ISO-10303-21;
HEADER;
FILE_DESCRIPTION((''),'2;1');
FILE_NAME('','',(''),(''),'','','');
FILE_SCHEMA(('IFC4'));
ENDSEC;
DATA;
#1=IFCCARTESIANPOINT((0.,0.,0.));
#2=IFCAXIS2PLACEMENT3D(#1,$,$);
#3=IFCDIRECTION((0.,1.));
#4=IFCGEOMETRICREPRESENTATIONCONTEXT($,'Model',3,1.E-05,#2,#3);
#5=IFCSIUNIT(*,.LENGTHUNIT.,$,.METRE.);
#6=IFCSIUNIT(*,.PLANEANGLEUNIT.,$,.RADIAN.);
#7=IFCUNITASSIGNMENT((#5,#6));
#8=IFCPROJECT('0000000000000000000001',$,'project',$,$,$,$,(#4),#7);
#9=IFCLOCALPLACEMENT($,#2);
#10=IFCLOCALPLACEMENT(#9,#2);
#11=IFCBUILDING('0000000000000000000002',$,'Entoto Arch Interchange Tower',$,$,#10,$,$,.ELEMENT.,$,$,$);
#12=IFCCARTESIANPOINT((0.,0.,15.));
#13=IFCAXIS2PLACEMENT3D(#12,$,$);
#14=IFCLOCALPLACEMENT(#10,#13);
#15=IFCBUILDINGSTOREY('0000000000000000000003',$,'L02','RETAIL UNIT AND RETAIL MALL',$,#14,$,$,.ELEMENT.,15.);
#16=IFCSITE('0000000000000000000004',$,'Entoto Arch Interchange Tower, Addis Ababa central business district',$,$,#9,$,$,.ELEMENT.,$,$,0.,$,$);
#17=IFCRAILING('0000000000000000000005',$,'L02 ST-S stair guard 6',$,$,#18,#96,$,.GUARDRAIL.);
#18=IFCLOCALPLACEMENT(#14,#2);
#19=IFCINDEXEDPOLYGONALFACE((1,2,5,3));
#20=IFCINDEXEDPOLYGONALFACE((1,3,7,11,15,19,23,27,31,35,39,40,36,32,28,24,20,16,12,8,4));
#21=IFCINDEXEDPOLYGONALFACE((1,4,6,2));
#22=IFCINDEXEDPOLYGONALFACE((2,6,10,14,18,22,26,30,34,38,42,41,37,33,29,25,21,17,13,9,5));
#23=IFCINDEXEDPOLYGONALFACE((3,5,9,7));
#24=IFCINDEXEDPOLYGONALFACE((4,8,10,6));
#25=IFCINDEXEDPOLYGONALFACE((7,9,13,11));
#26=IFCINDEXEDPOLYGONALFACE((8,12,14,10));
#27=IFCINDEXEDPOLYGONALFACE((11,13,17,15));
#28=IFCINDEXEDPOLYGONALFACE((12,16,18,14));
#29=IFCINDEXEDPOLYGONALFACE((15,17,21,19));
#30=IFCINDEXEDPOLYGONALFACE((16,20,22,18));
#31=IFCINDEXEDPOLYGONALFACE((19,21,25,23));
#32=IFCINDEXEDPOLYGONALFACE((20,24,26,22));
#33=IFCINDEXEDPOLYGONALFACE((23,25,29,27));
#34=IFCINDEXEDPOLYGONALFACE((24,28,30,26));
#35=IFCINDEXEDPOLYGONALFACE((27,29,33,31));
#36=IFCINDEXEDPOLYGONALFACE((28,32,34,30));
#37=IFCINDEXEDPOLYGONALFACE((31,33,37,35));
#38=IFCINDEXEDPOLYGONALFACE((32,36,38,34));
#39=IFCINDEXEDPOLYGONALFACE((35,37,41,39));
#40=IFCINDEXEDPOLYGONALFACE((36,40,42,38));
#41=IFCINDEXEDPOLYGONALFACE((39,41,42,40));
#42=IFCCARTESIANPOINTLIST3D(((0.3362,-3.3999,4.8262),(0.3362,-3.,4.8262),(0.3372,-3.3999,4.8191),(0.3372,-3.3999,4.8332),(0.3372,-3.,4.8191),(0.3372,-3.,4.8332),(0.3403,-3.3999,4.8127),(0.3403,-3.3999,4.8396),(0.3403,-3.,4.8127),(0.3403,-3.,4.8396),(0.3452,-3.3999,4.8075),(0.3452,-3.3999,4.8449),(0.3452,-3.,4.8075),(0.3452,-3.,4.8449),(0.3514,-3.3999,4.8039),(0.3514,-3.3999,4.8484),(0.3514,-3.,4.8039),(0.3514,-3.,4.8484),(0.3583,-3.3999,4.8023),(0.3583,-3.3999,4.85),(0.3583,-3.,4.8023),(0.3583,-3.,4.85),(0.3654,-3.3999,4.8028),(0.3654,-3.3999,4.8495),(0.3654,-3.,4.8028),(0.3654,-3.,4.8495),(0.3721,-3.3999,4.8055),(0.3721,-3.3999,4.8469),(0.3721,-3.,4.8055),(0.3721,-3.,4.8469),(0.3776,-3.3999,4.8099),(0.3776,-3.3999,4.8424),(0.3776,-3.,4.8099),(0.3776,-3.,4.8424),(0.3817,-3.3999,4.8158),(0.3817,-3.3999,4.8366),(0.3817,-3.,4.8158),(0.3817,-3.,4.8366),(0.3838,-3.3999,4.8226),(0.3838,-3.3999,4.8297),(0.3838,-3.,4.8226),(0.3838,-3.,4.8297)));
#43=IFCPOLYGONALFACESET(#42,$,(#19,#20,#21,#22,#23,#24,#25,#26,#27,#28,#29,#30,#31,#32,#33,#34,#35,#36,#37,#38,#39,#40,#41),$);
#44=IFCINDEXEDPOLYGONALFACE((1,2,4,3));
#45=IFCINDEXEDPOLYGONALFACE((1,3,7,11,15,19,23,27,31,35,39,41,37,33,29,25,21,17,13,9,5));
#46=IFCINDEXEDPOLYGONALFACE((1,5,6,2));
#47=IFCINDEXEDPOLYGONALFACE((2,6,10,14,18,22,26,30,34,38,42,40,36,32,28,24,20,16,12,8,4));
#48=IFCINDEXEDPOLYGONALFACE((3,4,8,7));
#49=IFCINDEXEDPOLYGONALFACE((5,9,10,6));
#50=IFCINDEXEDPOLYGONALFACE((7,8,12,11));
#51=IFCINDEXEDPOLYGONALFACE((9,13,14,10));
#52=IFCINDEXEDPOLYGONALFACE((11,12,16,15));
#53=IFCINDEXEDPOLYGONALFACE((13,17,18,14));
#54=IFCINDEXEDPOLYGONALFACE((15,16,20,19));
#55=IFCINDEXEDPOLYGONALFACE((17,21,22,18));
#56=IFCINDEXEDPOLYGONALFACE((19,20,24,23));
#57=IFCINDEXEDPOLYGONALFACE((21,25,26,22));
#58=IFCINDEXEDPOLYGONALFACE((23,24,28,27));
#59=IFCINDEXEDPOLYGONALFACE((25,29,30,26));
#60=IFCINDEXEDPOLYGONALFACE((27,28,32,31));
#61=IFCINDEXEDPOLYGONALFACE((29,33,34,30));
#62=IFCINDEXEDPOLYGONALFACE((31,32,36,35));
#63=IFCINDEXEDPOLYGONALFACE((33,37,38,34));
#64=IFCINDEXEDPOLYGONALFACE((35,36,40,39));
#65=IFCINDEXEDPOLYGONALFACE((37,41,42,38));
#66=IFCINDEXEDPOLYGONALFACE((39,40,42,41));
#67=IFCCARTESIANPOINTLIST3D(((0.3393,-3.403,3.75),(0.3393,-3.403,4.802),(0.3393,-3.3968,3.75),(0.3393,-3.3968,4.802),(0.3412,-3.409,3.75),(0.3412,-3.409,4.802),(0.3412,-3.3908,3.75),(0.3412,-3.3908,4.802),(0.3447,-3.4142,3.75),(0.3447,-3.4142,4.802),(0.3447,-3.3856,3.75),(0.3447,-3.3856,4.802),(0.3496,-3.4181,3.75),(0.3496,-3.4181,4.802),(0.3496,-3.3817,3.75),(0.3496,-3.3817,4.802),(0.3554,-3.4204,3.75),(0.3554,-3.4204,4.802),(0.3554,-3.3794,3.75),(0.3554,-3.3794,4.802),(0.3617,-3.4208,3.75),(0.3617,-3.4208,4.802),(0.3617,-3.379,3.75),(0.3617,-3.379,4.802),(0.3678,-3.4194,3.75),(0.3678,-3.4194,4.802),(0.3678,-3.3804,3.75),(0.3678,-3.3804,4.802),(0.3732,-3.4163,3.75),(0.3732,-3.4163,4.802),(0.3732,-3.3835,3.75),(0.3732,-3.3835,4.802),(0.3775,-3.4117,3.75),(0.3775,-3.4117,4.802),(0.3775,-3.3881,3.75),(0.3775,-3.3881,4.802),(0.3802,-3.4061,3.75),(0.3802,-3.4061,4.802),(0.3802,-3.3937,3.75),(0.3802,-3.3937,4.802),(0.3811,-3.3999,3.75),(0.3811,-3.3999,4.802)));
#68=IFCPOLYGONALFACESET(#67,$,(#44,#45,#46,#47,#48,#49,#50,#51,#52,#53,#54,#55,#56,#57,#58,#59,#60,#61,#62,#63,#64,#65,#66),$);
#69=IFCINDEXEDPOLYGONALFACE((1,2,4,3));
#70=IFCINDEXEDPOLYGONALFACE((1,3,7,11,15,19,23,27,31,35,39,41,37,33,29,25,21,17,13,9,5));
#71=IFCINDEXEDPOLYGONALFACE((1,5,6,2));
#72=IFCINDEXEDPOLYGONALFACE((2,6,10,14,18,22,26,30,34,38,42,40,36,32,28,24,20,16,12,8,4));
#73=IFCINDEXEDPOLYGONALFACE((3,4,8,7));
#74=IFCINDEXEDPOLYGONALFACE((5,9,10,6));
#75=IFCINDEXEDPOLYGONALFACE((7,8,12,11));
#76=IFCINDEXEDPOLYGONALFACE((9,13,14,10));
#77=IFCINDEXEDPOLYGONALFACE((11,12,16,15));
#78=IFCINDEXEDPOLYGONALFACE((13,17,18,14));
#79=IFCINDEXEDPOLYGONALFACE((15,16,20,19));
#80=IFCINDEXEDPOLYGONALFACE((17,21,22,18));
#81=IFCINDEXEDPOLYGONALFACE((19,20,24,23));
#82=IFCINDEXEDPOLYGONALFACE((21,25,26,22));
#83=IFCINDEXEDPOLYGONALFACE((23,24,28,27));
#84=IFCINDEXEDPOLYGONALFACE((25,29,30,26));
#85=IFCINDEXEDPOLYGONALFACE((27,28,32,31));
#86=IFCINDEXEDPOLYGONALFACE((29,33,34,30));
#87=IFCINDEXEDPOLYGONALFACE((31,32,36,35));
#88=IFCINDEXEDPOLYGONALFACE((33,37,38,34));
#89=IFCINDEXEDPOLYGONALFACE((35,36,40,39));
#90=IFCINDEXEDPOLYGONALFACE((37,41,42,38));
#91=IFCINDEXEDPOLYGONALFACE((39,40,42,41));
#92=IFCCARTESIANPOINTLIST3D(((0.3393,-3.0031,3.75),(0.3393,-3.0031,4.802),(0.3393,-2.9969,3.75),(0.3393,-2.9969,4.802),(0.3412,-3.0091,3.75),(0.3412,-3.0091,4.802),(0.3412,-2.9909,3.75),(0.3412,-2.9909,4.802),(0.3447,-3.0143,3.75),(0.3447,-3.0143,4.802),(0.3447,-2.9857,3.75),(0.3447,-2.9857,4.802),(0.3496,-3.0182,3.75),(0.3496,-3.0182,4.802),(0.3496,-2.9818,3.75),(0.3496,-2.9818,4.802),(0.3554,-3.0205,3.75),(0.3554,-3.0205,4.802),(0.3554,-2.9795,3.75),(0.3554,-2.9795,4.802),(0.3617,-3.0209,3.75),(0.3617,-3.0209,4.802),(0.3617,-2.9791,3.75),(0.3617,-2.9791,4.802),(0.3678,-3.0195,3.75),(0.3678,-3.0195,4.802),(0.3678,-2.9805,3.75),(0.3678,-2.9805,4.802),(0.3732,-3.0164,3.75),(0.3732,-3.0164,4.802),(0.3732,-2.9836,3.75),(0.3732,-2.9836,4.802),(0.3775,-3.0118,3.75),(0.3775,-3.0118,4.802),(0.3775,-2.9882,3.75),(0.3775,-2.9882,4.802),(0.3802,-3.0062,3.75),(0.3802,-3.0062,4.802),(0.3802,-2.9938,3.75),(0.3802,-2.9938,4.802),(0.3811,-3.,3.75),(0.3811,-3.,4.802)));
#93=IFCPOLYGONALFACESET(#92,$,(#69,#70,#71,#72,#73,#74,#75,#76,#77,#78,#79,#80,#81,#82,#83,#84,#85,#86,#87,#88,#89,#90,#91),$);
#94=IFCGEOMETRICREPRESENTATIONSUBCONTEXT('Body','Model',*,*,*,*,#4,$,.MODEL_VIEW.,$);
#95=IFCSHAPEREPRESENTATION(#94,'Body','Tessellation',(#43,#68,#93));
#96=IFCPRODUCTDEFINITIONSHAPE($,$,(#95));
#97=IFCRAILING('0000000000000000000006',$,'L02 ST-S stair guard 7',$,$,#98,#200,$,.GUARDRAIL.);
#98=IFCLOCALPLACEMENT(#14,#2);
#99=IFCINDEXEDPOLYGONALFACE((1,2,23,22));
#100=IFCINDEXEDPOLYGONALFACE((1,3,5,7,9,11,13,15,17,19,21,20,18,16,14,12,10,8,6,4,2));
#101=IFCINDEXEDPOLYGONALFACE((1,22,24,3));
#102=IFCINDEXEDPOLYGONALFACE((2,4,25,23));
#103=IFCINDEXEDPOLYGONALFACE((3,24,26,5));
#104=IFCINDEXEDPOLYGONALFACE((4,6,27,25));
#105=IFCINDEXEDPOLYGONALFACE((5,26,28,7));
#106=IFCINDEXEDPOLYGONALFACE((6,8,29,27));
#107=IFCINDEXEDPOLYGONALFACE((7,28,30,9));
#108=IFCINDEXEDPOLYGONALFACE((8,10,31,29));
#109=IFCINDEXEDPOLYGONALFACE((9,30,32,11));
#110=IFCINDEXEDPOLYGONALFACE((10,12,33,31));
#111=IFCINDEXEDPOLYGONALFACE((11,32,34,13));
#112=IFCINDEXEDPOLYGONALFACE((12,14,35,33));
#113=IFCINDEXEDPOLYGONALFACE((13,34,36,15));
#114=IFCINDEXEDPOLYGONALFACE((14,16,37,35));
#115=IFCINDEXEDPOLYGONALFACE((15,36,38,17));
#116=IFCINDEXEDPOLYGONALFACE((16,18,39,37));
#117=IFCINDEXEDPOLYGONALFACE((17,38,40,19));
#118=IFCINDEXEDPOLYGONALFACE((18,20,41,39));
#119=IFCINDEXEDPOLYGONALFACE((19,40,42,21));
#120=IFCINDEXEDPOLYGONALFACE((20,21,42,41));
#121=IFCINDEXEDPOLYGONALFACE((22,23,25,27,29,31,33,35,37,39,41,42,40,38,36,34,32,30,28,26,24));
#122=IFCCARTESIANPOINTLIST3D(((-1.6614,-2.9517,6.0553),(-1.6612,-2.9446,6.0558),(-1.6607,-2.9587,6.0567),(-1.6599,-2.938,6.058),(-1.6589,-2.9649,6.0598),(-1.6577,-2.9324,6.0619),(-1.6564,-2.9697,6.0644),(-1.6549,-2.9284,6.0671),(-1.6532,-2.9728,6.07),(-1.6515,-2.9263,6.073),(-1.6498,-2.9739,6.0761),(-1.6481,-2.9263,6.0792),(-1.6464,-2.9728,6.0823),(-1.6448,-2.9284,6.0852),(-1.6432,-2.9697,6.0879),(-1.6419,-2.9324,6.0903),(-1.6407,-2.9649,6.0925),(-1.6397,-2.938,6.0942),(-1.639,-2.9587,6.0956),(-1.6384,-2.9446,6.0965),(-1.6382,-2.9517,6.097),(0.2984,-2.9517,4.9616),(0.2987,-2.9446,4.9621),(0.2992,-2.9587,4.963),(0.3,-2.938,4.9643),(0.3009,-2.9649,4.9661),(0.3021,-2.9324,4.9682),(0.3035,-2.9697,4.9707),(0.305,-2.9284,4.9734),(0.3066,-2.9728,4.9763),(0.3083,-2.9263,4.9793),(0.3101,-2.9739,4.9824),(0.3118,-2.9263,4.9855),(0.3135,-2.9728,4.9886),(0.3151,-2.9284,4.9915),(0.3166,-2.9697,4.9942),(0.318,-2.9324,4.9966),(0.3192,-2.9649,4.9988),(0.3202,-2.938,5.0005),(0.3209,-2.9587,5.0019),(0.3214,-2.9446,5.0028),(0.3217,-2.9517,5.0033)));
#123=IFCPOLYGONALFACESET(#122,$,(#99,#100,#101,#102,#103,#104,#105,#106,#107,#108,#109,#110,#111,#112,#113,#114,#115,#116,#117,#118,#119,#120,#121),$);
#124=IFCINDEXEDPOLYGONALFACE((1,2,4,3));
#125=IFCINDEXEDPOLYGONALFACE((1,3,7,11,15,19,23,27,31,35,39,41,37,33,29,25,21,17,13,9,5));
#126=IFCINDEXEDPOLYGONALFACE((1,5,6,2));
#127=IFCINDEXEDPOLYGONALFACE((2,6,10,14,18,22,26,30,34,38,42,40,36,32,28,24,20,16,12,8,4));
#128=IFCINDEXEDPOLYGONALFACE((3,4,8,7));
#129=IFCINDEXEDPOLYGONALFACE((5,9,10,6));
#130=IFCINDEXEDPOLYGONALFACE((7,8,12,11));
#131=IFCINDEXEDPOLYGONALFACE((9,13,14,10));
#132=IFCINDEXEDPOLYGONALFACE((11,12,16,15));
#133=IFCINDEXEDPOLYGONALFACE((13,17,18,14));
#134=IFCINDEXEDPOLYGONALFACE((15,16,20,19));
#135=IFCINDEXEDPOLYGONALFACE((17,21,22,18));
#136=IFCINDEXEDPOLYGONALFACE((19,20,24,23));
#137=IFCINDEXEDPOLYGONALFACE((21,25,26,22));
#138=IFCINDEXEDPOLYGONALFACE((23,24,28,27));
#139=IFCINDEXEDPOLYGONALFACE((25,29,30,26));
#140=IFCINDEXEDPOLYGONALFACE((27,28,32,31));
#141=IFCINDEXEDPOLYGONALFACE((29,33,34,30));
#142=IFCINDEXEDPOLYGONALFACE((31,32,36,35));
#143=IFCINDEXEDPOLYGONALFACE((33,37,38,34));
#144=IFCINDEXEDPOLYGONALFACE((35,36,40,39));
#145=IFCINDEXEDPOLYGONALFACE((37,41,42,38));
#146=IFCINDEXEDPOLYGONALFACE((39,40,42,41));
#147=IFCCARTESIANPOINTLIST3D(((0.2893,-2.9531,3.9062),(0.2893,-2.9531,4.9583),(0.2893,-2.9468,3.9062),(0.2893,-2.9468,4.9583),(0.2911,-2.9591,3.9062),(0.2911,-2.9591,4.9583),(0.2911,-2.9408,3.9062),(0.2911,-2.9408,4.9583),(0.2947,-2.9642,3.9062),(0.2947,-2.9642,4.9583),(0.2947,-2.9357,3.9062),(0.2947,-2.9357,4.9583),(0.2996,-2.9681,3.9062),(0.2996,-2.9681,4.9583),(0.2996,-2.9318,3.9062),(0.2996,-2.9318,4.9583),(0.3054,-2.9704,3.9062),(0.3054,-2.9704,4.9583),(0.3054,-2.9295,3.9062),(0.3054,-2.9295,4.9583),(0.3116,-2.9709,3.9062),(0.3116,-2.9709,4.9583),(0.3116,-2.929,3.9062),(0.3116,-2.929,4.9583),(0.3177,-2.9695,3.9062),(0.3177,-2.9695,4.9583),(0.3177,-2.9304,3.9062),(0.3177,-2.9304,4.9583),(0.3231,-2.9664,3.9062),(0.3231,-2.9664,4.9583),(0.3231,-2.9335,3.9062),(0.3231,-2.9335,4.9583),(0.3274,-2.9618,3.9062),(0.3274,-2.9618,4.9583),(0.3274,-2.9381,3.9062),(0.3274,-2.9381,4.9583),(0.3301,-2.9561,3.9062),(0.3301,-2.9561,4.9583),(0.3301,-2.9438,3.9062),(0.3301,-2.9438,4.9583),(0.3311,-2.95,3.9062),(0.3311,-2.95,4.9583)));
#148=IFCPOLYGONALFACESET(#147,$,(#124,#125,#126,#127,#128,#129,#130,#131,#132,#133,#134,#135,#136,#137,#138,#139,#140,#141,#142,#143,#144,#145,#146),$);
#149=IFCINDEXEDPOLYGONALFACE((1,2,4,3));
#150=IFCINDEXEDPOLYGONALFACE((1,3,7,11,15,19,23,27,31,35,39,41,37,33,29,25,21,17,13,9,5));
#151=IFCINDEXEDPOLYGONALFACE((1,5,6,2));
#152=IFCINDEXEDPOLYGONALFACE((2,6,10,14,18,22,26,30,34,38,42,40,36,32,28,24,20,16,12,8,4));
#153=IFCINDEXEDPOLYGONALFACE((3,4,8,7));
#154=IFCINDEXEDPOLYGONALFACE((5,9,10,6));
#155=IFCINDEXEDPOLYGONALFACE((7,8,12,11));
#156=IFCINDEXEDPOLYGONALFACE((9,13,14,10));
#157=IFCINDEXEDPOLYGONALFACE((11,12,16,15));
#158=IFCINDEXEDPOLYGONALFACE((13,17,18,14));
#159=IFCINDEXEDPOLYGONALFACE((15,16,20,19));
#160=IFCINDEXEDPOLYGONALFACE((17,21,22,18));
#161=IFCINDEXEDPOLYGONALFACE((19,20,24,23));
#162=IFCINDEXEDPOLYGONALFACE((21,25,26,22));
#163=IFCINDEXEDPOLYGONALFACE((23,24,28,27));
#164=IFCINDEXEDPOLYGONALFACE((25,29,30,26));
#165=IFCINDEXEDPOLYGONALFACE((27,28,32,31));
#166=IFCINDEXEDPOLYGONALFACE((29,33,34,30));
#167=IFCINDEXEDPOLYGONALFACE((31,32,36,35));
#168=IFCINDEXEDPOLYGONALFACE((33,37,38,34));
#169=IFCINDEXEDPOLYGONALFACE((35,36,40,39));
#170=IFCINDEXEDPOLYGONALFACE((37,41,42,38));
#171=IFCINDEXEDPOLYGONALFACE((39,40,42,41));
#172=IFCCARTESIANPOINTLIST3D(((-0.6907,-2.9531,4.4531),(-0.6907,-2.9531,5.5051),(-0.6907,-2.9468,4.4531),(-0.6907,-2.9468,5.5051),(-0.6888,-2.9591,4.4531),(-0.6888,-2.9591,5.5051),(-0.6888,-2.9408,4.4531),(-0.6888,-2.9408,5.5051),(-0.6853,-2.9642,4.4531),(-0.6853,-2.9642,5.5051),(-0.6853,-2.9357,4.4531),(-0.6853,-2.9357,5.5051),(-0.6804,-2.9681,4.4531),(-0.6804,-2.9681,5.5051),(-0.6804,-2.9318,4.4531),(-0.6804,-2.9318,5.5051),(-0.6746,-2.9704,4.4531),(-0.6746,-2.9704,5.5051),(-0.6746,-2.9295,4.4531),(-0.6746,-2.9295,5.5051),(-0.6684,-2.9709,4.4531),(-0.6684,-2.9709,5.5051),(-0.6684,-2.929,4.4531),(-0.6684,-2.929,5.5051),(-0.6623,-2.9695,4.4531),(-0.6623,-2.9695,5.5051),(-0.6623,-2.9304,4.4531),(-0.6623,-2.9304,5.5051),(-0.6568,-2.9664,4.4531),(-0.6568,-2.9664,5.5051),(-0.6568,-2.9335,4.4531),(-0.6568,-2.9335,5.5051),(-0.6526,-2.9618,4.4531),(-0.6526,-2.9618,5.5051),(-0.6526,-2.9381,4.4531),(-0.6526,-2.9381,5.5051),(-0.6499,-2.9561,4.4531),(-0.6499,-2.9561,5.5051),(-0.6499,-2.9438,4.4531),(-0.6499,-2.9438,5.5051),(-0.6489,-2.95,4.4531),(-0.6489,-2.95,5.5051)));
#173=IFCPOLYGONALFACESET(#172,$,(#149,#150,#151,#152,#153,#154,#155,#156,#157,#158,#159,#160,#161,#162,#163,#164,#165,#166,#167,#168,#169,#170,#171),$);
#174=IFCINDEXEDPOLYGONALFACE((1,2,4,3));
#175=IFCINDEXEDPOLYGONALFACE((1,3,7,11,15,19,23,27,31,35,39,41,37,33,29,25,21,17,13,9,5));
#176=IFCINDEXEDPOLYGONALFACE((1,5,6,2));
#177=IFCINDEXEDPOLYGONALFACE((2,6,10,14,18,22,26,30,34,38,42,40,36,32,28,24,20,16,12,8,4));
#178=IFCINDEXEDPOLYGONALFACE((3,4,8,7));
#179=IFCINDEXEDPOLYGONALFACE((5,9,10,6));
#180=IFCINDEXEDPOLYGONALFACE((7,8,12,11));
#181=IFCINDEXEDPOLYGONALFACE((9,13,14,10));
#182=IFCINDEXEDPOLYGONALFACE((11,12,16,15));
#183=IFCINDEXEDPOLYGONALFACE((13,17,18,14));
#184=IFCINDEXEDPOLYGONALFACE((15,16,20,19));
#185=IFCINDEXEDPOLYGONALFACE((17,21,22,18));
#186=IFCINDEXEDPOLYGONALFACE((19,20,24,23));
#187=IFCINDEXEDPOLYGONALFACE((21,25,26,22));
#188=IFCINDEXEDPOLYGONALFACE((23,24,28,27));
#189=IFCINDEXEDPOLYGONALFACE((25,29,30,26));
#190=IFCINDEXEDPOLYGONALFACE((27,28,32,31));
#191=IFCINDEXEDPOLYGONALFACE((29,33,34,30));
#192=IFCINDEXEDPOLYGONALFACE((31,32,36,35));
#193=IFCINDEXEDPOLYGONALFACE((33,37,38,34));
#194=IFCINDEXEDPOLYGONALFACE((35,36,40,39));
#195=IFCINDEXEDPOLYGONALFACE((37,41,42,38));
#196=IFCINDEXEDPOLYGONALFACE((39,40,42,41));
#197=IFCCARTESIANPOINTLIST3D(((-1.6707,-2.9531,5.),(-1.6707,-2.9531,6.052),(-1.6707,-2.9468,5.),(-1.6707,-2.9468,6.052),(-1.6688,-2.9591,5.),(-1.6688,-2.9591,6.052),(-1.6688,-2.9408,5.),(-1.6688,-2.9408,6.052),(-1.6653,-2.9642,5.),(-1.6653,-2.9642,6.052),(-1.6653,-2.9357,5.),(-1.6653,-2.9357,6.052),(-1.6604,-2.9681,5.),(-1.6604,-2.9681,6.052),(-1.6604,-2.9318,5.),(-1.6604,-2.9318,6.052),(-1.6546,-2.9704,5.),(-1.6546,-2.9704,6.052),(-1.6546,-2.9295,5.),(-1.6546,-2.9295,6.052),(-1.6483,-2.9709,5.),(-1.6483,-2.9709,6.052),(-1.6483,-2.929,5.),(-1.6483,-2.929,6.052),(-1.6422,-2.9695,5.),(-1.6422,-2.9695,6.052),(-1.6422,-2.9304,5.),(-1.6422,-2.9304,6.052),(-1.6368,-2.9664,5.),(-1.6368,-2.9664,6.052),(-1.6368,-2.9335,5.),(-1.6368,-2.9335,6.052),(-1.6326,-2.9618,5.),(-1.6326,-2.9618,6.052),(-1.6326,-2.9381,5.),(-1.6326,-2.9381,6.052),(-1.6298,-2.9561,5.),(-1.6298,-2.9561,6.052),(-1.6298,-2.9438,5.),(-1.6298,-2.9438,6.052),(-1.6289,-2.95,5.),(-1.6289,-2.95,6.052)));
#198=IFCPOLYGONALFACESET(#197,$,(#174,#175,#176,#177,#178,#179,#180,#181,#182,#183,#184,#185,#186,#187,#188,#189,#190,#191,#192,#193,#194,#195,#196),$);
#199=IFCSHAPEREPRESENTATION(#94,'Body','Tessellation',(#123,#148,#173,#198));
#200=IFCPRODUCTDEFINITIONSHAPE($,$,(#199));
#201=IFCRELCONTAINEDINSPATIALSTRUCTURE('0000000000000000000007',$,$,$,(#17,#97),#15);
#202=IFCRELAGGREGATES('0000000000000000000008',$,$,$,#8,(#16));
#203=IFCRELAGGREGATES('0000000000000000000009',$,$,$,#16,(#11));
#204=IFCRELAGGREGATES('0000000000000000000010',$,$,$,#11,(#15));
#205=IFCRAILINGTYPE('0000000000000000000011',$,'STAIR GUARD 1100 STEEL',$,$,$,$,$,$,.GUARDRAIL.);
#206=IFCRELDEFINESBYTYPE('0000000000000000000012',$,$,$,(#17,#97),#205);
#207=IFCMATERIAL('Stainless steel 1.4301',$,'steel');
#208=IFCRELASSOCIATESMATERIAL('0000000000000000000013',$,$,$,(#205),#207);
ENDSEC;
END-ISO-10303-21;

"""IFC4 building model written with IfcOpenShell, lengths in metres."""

from ifc_helpers import new_model, si_unit, direction, frame, origin, origin_2d, place, context, subcontext, project, spatial, circle, extrude, material, type_object, element, save


model = new_model("IFC4")

# Units and contexts
model_context = context("Model", 3, precision=1e-05, world=origin(), true_north=direction((0.0, 1.0)))
body_context = subcontext(model_context, "Body", "Model", "MODEL_VIEW")
ifc_project = project(units=[si_unit("LENGTHUNIT", "METRE"), si_unit("PLANEANGLEUNIT", "RADIAN")], contexts=[model_context])

# Site, building, storey
site_placement = place(None, origin())
site = spatial("IfcSite", under=ifc_project, at=site_placement, Name="Entoto Arch Interchange Tower, Addis Ababa central business district", CompositionType="ELEMENT", RefElevation=0.0)
building_placement = place(site_placement, origin())
building = spatial("IfcBuilding", under=site, at=building_placement, Name="Entoto Arch Interchange Tower", CompositionType="ELEMENT")
storey_placement = place(building_placement, frame((0.0, 0.0, 15.0)))
storey = spatial("IfcBuildingStorey", under=building, at=storey_placement, Name="L02", Description="RETAIL UNIT AND RETAIL MALL", CompositionType="ELEMENT", Elevation=15.0)

# Railings
ifc_material_1 = material(Name="Stainless steel 1.4301", Category="steel")
railing_type = type_object("IfcRailingType", Name="STAIR GUARD 1100 STEEL", PredefinedType="GUARDRAIL", material=ifc_material_1)
railing_1_placement = place(storey_placement, frame((0.3601, -3.3999, 3.75)))
element("IfcRailing", 1, at=railing_1_placement, inside=storey, type_object=railing_type, Name="L02 ST-S stair guard 6", PredefinedType="GUARDRAIL", context=body_context, shape_type="SweptSolid", body=[
    extrude(circle(Radius=0.0239, at=origin_2d()), frame((0.0, 0.0, 1.0762), z_axis=(0.0, 1.0, 0.0), x_axis=(-1.0, 0.0, 0.0)), (0.0, 0.0, 1.0), 0.3999),
    extrude(circle(Radius=0.021, at=origin_2d()), origin(), (0.0, 0.0, 1.0), 1.052),
    extrude(circle(Radius=0.021, at=origin_2d()), frame((0.0, 0.3999, 0.0)), (0.0, 0.0, 1.0), 1.052),
])
railing_2_placement = place(storey_placement, frame((0.3101, -2.95, 3.9062)))
element("IfcRailing", 2, at=railing_2_placement, inside=storey, type_object=railing_type, Name="L02 ST-S stair guard 7", PredefinedType="GUARDRAIL", context=body_context, shape_type="SweptSolid", body=[
    extrude(circle(Radius=0.0239, at=origin_2d()), frame((0.0, 0.0, 1.0762), z_axis=(-0.873232, 0.0, 0.487304), x_axis=(0.0, -1.0, 0.0)), (0.0, 0.0, 1.0), 2.2444),
    extrude(circle(Radius=0.021, at=origin_2d()), origin(), (0.0, 0.0, 1.0), 1.052),
    extrude(circle(Radius=0.021, at=origin_2d()), frame((-0.98, 0.0, 0.5469)), (0.0, 0.0, 1.0), 1.052),
    extrude(circle(Radius=0.021, at=origin_2d()), frame((-1.96, 0.0, 1.0938)), (0.0, 0.0, 1.0), 1.052),
])

save(model, "model.ifc")
